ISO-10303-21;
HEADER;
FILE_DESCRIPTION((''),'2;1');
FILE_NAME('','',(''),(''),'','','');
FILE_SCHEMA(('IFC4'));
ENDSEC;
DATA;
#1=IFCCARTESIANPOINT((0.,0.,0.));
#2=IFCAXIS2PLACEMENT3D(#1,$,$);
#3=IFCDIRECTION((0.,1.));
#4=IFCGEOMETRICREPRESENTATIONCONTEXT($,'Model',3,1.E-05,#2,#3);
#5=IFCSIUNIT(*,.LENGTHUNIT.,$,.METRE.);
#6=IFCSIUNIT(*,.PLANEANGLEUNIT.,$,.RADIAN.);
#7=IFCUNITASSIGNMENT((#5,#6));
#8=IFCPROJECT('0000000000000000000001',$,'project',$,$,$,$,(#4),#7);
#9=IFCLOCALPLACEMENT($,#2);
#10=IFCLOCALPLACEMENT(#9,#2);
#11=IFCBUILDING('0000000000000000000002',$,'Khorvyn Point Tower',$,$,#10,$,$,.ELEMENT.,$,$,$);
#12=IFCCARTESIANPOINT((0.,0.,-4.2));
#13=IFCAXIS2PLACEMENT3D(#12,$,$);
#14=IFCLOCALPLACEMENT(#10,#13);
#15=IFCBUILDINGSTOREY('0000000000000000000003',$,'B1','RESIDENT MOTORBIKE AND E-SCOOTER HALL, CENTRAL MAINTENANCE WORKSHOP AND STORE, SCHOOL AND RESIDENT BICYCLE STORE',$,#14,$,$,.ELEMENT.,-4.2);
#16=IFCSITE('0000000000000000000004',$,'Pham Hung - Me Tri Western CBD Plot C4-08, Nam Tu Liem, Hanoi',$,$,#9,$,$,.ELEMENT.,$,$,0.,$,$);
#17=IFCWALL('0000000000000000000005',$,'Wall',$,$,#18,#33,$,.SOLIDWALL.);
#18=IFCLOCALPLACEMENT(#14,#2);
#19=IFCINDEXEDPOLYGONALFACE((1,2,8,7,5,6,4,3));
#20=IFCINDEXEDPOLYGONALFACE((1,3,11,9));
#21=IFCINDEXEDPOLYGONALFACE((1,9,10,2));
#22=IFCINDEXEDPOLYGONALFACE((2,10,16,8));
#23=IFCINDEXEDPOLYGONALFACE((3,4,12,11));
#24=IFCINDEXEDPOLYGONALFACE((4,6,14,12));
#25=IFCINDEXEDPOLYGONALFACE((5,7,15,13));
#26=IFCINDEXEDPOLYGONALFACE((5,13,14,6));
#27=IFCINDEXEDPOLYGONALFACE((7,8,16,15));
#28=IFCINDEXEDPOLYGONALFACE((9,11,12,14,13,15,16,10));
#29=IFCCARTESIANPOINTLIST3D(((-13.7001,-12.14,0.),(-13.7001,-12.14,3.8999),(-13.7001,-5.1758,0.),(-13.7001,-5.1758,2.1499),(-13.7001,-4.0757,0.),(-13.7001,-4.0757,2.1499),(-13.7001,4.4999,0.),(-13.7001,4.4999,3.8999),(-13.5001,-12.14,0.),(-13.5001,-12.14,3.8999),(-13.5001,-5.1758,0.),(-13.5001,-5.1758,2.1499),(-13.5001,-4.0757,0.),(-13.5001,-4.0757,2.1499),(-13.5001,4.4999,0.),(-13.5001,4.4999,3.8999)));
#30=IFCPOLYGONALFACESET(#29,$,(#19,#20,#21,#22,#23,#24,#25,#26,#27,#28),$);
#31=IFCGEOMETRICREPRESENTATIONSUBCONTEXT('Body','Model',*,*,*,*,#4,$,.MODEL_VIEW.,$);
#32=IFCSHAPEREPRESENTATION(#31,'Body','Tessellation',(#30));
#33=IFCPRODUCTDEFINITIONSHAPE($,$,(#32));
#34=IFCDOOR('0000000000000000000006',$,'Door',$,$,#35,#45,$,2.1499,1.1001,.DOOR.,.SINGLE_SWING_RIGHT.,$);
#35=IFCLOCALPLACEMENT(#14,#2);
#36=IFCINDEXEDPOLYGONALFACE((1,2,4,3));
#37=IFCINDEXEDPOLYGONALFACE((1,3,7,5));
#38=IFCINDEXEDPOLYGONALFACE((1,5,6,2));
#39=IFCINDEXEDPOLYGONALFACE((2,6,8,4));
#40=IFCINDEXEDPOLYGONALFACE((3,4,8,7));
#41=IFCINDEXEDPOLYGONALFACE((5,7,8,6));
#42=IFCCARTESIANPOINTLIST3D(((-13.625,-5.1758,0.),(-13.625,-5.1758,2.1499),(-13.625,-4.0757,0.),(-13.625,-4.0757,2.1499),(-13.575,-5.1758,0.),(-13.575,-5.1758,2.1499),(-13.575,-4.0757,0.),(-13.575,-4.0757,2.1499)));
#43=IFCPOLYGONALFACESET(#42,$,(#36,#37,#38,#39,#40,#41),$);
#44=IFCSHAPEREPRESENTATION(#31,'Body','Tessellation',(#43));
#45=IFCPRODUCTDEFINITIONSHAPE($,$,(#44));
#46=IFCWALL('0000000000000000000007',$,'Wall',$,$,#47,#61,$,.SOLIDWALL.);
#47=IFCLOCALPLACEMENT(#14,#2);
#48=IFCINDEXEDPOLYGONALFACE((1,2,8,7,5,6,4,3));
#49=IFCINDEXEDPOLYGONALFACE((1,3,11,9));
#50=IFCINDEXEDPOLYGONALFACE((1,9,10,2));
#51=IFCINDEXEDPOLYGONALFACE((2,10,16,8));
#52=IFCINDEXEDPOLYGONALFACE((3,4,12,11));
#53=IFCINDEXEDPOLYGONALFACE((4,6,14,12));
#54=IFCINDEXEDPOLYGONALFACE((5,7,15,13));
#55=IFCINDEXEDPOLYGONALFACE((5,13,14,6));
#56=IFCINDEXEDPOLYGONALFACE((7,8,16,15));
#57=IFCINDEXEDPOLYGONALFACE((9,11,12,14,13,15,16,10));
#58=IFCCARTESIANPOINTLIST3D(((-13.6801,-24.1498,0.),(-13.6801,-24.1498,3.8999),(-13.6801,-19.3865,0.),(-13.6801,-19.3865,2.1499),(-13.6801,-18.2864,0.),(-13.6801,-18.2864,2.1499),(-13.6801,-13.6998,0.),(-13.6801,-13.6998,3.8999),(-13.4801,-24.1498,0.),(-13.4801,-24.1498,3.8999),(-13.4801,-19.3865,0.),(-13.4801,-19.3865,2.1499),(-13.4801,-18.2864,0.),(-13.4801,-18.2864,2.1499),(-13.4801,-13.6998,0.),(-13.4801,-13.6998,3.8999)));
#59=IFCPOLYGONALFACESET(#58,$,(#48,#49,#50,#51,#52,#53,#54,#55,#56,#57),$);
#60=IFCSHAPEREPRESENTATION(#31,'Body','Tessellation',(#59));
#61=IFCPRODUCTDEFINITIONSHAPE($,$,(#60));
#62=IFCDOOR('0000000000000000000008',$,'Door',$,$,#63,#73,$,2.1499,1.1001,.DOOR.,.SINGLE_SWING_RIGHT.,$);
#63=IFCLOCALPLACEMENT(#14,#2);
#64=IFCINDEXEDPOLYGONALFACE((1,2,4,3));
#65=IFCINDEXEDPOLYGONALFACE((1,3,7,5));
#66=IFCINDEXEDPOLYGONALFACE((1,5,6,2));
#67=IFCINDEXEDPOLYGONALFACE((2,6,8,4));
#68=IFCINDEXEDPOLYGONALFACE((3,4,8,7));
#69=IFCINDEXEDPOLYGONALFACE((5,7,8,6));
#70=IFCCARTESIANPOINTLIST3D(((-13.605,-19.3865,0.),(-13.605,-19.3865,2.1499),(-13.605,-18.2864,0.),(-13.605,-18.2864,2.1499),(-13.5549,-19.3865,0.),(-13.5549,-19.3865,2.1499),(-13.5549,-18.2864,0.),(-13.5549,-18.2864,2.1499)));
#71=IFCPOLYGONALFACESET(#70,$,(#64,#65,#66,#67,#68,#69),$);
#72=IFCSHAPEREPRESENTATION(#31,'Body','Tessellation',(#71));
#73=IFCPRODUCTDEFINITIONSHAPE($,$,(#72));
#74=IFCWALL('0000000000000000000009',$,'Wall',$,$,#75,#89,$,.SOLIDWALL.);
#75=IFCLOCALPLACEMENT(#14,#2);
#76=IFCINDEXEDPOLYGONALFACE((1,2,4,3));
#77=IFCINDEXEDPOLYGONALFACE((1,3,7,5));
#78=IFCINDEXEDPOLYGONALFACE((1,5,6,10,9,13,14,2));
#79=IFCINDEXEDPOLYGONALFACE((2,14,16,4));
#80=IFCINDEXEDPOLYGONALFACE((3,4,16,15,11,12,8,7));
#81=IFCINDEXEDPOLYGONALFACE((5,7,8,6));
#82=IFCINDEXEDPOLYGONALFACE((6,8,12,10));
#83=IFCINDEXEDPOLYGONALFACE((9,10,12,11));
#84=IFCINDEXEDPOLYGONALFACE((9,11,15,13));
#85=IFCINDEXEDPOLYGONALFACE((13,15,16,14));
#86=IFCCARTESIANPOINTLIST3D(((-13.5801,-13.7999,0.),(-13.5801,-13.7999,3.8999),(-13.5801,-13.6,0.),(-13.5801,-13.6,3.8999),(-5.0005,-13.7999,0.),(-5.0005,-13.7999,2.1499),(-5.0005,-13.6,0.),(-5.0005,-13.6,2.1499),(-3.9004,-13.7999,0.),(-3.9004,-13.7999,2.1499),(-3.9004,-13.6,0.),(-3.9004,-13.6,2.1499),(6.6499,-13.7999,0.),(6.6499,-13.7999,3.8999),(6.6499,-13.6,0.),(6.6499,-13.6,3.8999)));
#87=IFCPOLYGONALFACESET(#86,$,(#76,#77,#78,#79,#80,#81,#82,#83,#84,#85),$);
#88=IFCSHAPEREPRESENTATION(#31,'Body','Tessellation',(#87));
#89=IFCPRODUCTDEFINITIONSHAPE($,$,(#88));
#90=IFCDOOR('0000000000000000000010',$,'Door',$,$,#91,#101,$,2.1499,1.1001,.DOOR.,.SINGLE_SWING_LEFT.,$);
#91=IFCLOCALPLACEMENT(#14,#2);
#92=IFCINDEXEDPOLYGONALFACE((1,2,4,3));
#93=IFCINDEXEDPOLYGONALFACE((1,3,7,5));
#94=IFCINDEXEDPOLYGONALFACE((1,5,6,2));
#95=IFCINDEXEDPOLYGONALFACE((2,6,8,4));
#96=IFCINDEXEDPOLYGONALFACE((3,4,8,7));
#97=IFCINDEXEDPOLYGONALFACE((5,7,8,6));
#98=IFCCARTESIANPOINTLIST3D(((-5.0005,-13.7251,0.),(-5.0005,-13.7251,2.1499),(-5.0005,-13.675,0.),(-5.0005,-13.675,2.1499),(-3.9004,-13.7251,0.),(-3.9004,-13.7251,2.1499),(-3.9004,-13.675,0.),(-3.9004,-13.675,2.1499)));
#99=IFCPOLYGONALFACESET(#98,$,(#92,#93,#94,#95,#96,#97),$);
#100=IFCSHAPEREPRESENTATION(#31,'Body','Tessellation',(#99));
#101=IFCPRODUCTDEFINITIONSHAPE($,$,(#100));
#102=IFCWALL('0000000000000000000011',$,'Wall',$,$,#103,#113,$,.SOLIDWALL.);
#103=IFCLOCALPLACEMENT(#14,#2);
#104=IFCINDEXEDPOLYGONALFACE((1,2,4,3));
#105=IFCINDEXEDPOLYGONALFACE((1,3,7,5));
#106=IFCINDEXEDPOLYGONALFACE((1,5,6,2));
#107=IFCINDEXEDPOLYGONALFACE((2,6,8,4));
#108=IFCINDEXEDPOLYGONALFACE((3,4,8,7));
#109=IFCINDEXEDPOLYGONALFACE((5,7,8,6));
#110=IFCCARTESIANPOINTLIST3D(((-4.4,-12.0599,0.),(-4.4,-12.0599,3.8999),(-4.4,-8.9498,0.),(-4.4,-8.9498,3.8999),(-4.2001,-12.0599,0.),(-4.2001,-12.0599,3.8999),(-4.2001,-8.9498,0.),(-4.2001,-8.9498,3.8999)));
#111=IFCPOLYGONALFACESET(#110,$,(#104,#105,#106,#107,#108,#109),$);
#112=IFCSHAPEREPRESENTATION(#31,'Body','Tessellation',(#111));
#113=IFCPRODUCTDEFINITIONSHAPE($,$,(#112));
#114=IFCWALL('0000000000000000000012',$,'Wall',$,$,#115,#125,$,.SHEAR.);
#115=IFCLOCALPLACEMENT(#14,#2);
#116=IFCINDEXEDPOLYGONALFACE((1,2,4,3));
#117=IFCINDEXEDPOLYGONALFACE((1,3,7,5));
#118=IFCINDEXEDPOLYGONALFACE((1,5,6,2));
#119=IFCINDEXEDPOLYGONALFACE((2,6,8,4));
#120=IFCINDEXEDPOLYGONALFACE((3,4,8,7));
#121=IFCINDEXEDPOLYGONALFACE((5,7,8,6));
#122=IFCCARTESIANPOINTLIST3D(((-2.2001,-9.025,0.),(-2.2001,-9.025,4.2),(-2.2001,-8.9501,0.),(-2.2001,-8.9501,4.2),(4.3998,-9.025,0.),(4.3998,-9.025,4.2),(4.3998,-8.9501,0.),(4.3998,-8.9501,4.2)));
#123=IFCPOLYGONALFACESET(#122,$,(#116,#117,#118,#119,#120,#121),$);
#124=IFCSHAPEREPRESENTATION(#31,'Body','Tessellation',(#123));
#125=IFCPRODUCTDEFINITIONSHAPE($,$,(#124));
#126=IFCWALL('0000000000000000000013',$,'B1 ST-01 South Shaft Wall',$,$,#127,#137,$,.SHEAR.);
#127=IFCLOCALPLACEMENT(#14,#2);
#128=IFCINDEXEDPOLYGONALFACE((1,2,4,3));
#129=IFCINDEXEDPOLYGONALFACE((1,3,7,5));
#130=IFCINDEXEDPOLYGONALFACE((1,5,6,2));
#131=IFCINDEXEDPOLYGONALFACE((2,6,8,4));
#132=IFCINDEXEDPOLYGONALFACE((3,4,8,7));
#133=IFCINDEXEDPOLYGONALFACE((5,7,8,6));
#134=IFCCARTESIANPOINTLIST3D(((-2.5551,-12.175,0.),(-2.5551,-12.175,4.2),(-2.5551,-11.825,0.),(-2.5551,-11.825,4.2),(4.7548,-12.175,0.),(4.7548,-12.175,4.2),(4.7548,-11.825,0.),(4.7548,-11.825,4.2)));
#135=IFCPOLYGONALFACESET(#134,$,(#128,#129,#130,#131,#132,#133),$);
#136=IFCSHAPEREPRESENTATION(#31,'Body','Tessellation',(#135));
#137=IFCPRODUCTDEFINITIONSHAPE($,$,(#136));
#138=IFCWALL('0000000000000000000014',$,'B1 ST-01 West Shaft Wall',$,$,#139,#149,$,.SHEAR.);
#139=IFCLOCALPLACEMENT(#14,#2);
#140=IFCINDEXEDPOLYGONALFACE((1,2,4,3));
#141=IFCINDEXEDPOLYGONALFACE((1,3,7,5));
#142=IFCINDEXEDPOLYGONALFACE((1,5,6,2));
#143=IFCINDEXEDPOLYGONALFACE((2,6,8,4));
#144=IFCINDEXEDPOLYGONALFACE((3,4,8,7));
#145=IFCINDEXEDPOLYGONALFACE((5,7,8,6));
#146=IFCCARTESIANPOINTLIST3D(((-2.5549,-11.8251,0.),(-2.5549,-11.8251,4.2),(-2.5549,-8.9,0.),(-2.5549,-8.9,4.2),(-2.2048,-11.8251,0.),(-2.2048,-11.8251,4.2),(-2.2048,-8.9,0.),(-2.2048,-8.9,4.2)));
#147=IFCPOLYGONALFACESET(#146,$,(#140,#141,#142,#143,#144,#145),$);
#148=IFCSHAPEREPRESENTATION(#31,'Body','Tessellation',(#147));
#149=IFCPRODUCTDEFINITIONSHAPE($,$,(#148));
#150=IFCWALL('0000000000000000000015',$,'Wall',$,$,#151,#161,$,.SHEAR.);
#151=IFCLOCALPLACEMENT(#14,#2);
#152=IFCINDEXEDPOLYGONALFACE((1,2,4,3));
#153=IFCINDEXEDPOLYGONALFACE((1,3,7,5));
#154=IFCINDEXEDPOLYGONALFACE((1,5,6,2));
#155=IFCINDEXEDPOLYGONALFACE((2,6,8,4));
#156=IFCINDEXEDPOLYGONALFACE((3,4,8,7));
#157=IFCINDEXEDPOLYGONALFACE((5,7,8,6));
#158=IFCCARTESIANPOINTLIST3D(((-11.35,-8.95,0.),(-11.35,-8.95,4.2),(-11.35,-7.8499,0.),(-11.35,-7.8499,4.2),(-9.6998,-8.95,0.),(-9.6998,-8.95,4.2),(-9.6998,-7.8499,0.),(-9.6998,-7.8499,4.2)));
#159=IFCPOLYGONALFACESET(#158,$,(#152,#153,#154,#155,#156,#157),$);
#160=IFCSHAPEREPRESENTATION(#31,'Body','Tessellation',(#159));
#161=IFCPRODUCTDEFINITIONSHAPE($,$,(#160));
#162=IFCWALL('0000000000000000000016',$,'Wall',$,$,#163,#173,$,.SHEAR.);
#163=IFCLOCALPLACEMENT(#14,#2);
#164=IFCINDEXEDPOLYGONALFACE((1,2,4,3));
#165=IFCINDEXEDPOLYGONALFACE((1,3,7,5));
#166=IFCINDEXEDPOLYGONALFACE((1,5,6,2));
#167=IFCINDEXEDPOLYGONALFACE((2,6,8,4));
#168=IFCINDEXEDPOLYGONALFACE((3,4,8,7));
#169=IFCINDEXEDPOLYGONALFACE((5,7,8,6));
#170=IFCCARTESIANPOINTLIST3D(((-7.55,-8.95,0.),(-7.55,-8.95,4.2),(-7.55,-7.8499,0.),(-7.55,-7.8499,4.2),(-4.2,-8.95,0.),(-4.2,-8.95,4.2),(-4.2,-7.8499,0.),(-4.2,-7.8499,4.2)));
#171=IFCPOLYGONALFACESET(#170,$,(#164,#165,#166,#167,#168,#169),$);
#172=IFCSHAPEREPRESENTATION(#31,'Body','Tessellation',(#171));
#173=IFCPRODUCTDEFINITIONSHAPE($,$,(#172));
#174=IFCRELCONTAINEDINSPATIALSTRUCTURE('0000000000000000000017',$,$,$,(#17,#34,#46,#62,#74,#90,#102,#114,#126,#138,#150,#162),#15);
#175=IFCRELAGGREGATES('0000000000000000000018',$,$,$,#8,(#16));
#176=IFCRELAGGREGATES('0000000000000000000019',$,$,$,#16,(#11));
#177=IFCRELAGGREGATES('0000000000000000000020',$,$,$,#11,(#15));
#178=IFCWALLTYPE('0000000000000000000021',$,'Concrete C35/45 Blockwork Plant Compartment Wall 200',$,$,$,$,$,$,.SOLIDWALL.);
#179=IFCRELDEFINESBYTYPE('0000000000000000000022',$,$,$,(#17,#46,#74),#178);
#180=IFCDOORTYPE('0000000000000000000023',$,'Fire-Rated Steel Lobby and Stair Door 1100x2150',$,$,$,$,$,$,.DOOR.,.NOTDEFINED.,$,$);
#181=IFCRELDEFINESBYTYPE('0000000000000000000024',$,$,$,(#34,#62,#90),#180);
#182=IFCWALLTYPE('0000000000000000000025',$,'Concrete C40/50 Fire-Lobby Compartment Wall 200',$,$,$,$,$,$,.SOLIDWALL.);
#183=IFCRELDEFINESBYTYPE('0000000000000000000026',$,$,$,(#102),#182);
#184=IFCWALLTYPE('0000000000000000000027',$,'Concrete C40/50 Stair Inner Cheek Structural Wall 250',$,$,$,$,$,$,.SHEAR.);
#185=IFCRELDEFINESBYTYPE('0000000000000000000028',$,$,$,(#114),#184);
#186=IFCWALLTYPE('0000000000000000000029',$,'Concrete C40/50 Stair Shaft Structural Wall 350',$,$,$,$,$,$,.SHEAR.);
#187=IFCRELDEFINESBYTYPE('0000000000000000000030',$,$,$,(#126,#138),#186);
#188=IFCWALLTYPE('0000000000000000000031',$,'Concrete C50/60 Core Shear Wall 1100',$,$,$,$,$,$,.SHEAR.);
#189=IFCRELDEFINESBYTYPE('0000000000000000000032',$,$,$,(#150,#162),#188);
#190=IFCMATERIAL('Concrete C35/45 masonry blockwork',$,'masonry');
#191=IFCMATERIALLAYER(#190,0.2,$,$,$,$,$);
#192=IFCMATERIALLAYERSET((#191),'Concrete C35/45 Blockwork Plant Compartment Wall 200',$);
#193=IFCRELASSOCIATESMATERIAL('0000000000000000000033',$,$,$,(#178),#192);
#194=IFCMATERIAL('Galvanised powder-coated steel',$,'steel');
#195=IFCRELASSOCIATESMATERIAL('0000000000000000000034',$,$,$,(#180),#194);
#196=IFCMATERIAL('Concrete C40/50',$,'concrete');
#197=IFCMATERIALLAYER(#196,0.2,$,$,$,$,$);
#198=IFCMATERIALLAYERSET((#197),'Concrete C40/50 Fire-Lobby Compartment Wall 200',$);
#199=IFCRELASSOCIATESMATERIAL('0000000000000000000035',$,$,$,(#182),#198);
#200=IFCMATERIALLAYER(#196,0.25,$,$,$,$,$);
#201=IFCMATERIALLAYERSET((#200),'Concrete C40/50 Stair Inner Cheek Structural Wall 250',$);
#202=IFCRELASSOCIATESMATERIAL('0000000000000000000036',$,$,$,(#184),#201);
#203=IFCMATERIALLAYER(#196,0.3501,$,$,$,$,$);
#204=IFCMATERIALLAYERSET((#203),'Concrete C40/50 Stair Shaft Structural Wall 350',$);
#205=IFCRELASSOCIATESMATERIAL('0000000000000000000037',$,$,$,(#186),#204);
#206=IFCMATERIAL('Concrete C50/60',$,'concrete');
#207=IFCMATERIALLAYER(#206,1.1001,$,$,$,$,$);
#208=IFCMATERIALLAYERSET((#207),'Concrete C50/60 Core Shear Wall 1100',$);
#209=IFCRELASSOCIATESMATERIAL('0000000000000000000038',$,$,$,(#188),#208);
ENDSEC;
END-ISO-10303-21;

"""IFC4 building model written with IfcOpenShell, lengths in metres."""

from ifc_helpers import new_model, si_unit, direction, frame, frame_2d, origin, place, context, subcontext, project, spatial, rectangle, extrude, material, layer, layer_set, type_object, element, fill, save


model = new_model("IFC4")

# Units and contexts
model_context = context("Model", 3, precision=1e-05, world=origin(), true_north=direction((0.0, 1.0)))
body_context = subcontext(model_context, "Body", "Model", "MODEL_VIEW")
ifc_project = project(units=[si_unit("LENGTHUNIT", "METRE"), si_unit("PLANEANGLEUNIT", "RADIAN")], contexts=[model_context])

# Site, building, storey
site_placement = place(None, origin())
site = spatial("IfcSite", under=ifc_project, at=site_placement, Name="Pham Hung - Me Tri Western CBD Plot C4-08, Nam Tu Liem, Hanoi", CompositionType="ELEMENT", RefElevation=0.0)
building_placement = place(site_placement, origin())
building = spatial("IfcBuilding", under=site, at=building_placement, Name="Khorvyn Point Tower", CompositionType="ELEMENT")
storey_placement = place(building_placement, frame((0.0, 0.0, -4.2)))
storey = spatial("IfcBuildingStorey", under=building, at=storey_placement, Name="B1", Description="RESIDENT MOTORBIKE AND E-SCOOTER HALL, CENTRAL MAINTENANCE WORKSHOP AND STORE, SCHOOL AND RESIDENT BICYCLE STORE", CompositionType="ELEMENT", Elevation=-4.2)

# Shared definitions
ifc_material_1 = material(Name="Concrete C50/60", Category="concrete")

# Walls, openings, doors
ifc_material_2 = material(Name="Concrete C35/45 masonry blockwork", Category="masonry")
ifc_layer_1 = layer(ifc_material_2, 0.2)
ifc_layer_set_1 = layer_set([ifc_layer_1], Name="Concrete C35/45 Blockwork Plant Compartment Wall 200")
wall_type_1 = type_object("IfcWallType", Name="Concrete C35/45 Blockwork Plant Compartment Wall 200", PredefinedType="SOLIDWALL", material=ifc_layer_set_1)
wall_1_placement = place(storey_placement, frame((-13.6001, -12.1399, 0.0), z_axis=(0.0, 0.0, 1.0), x_axis=(0.0, 1.0, 0.0)))
wall_1 = element("IfcWall", 1, at=wall_1_placement, inside=storey, type_object=wall_type_1, Name="Wall", PredefinedType="SOLIDWALL", context=body_context, shape_type="SweptSolid", body=[
    extrude(rectangle(XDim=16.6399, YDim=0.2, at=frame_2d((8.3198, 0.0))), origin(), (0.0, 0.0, 1.0), 3.8999),
])
opening_1_placement = place(wall_1_placement, frame((6.9641, 0.0, 0.0)))
opening_1 = element("IfcOpeningElement", 2, at=opening_1_placement, cuts=wall_1, PredefinedType="OPENING", context=body_context, shape_type="SweptSolid", body=[
    extrude(rectangle(XDim=1.1001, YDim=2.1499, at=frame_2d((0.55, 1.075))), frame((0.0, 0.1099, 0.0), z_axis=(0.0, -1.0, 0.0), x_axis=(1.0, 0.0, 0.0)), (0.0, 0.0, 1.0), 0.22),
])
ifc_material_3 = material(Name="Galvanised powder-coated steel", Category="steel")
door_type = type_object("IfcDoorType", Name="Fire-Rated Steel Lobby and Stair Door 1100x2150", OperationType="NOTDEFINED", PredefinedType="DOOR", material=ifc_material_3)
door_1_placement = place(opening_1_placement, origin())
door_1 = element("IfcDoor", 3, at=door_1_placement, inside=storey, type_object=door_type, Name="Door", OperationType="SINGLE_SWING_RIGHT", OverallHeight=2.1499, OverallWidth=1.1001, PredefinedType="DOOR", context=body_context, shape_type="SweptSolid", body=[
    extrude(rectangle(XDim=1.1001, YDim=2.1499, at=frame_2d((0.55, 1.075))), frame((0.0, 0.0249, 0.0), z_axis=(0.0, -1.0, 0.0), x_axis=(1.0, 0.0, 0.0)), (0.0, 0.0, 1.0), 0.05),
])
fill(opening_1, door_1)
wall_2_placement = place(storey_placement, frame((-13.5801, -24.1499, 0.0), z_axis=(0.0, 0.0, 1.0), x_axis=(0.0, 1.0, 0.0)))
wall_2 = element("IfcWall", 4, at=wall_2_placement, inside=storey, type_object=wall_type_1, Name="Wall", PredefinedType="SOLIDWALL", context=body_context, shape_type="SweptSolid", body=[
    extrude(rectangle(XDim=10.45, YDim=0.2, at=frame_2d((5.2251, 0.0))), origin(), (0.0, 0.0, 1.0), 3.8999),
])
opening_2_placement = place(wall_2_placement, frame((4.7634, 0.0, 0.0)))
opening_2 = element("IfcOpeningElement", 5, at=opening_2_placement, cuts=wall_2, PredefinedType="OPENING", context=body_context, shape_type="SweptSolid", body=[
    extrude(rectangle(XDim=1.1001, YDim=2.1499, at=frame_2d((0.55, 1.075))), frame((0.0, 0.1099, 0.0), z_axis=(0.0, -1.0, 0.0), x_axis=(1.0, 0.0, 0.0)), (0.0, 0.0, 1.0), 0.22),
])
door_2_placement = place(opening_2_placement, origin())
door_2 = element("IfcDoor", 6, at=door_2_placement, inside=storey, type_object=door_type, Name="Door", OperationType="SINGLE_SWING_RIGHT", OverallHeight=2.1499, OverallWidth=1.1001, PredefinedType="DOOR", context=body_context, shape_type="SweptSolid", body=[
    extrude(rectangle(XDim=1.1001, YDim=2.1499, at=frame_2d((0.55, 1.075))), frame((0.0, 0.0249, 0.0), z_axis=(0.0, -1.0, 0.0), x_axis=(1.0, 0.0, 0.0)), (0.0, 0.0, 1.0), 0.05),
])
fill(opening_2, door_2)
wall_3_placement = place(storey_placement, frame((-13.5801, -13.7, 0.0), z_axis=(0.0, 0.0, 1.0), x_axis=(1.0, 0.0, 0.0)))
wall_3 = element("IfcWall", 7, at=wall_3_placement, inside=storey, type_object=wall_type_1, Name="Wall", PredefinedType="SOLIDWALL", context=body_context, shape_type="SweptSolid", body=[
    extrude(rectangle(XDim=20.23, YDim=0.2, at=frame_2d((10.115, 0.0))), origin(), (0.0, 0.0, 1.0), 3.8999),
])
opening_3_placement = place(wall_3_placement, frame((8.5796, 0.0, 0.0)))
opening_3 = element("IfcOpeningElement", 8, at=opening_3_placement, cuts=wall_3, PredefinedType="OPENING", context=body_context, shape_type="SweptSolid", body=[
    extrude(rectangle(XDim=1.1001, YDim=2.1499, at=frame_2d((0.55, 1.075))), frame((0.0, 0.1099, 0.0), z_axis=(0.0, -1.0, 0.0), x_axis=(1.0, 0.0, 0.0)), (0.0, 0.0, 1.0), 0.22),
])
door_3_placement = place(opening_3_placement, origin())
door_3 = element("IfcDoor", 9, at=door_3_placement, inside=storey, type_object=door_type, Name="Door", OperationType="SINGLE_SWING_LEFT", OverallHeight=2.1499, OverallWidth=1.1001, PredefinedType="DOOR", context=body_context, shape_type="SweptSolid", body=[
    extrude(rectangle(XDim=1.1001, YDim=2.1499, at=frame_2d((0.55, 1.075))), frame((0.0, 0.0249, 0.0), z_axis=(0.0, -1.0, 0.0), x_axis=(1.0, 0.0, 0.0)), (0.0, 0.0, 1.0), 0.05),
])
fill(opening_3, door_3)
ifc_material_4 = material(Name="Concrete C40/50", Category="concrete")
ifc_layer_2 = layer(ifc_material_4, 0.2)
ifc_layer_set_2 = layer_set([ifc_layer_2], Name="Concrete C40/50 Fire-Lobby Compartment Wall 200")
wall_type_2 = type_object("IfcWallType", Name="Concrete C40/50 Fire-Lobby Compartment Wall 200", PredefinedType="SOLIDWALL", material=ifc_layer_set_2)

# Walls
wall_4_placement = place(storey_placement, frame((-4.3, -12.0601, 0.0), z_axis=(0.0, 0.0, 1.0), x_axis=(0.0, 1.0, 0.0)))
element("IfcWall", 10, at=wall_4_placement, inside=storey, type_object=wall_type_2, Name="Wall", PredefinedType="SOLIDWALL", context=body_context, shape_type="SweptSolid", body=[
    extrude(rectangle(XDim=3.1101, YDim=0.2, at=frame_2d((1.5552, 0.0))), origin(), (0.0, 0.0, 1.0), 3.8999),
])
ifc_layer_3 = layer(ifc_material_4, 0.25)
ifc_layer_set_3 = layer_set([ifc_layer_3], Name="Concrete C40/50 Stair Inner Cheek Structural Wall 250")
wall_type_3 = type_object("IfcWallType", Name="Concrete C40/50 Stair Inner Cheek Structural Wall 250", PredefinedType="SHEAR", material=ifc_layer_set_3)
wall_5_placement = place(storey_placement, frame((-2.2, -8.9875, 0.0), z_axis=(0.0, 0.0, 1.0), x_axis=(1.0, 0.0, 0.0)))
element("IfcWall", 11, at=wall_5_placement, inside=storey, type_object=wall_type_3, Name="Wall", PredefinedType="SHEAR", context=body_context, shape_type="SweptSolid", body=[
    extrude(rectangle(XDim=6.5999, YDim=0.075, at=frame_2d((3.2998, 0.0))), origin(), (0.0, 0.0, 1.0), 4.2),
])
ifc_layer_4 = layer(ifc_material_4, 0.3501)
ifc_layer_set_4 = layer_set([ifc_layer_4], Name="Concrete C40/50 Stair Shaft Structural Wall 350")
wall_type_4 = type_object("IfcWallType", Name="Concrete C40/50 Stair Shaft Structural Wall 350", PredefinedType="SHEAR", material=ifc_layer_set_4)
wall_6_placement = place(storey_placement, frame((-2.5549, -12.0, 0.0), z_axis=(0.0, 0.0, 1.0), x_axis=(1.0, 0.0, 0.0)))
element("IfcWall", 12, at=wall_6_placement, inside=storey, type_object=wall_type_4, Name="B1 ST-01 South Shaft Wall", PredefinedType="SHEAR", context=body_context, shape_type="SweptSolid", body=[
    extrude(rectangle(XDim=7.3098, YDim=0.3501, at=frame_2d((3.6548, 0.0))), origin(), (0.0, 0.0, 1.0), 4.2),
])
wall_7_placement = place(storey_placement, frame((-2.3799, -11.825, 0.0), z_axis=(0.0, 0.0, 1.0), x_axis=(0.0, 1.0, 0.0)))
element("IfcWall", 13, at=wall_7_placement, inside=storey, type_object=wall_type_4, Name="B1 ST-01 West Shaft Wall", PredefinedType="SHEAR", context=body_context, shape_type="SweptSolid", body=[
    extrude(rectangle(XDim=2.925, YDim=0.3501, at=frame_2d((1.4624, 0.0))), origin(), (0.0, 0.0, 1.0), 4.2),
])
ifc_layer_5 = layer(ifc_material_1, 1.1001)
ifc_layer_set_5 = layer_set([ifc_layer_5], Name="Concrete C50/60 Core Shear Wall 1100")
wall_type_5 = type_object("IfcWallType", Name="Concrete C50/60 Core Shear Wall 1100", PredefinedType="SHEAR", material=ifc_layer_set_5)
wall_8_placement = place(storey_placement, frame((-11.3501, -8.3999, 0.0), z_axis=(0.0, 0.0, 1.0), x_axis=(1.0, 0.0, 0.0)))
element("IfcWall", 14, at=wall_8_placement, inside=storey, type_object=wall_type_5, Name="Wall", PredefinedType="SHEAR", context=body_context, shape_type="SweptSolid", body=[
    extrude(rectangle(XDim=1.6501, YDim=1.1001, at=frame_2d((0.8252, 0.0))), origin(), (0.0, 0.0, 1.0), 4.2),
])
wall_9_placement = place(storey_placement, frame((-7.55, -8.3999, 0.0), z_axis=(0.0, 0.0, 1.0), x_axis=(1.0, 0.0, 0.0)))
element("IfcWall", 15, at=wall_9_placement, inside=storey, type_object=wall_type_5, Name="Wall", PredefinedType="SHEAR", context=body_context, shape_type="SweptSolid", body=[
    extrude(rectangle(XDim=3.3501, YDim=1.1001, at=frame_2d((1.675, 0.0))), origin(), (0.0, 0.0, 1.0), 4.2),
])

save(model, "model.ifc")
